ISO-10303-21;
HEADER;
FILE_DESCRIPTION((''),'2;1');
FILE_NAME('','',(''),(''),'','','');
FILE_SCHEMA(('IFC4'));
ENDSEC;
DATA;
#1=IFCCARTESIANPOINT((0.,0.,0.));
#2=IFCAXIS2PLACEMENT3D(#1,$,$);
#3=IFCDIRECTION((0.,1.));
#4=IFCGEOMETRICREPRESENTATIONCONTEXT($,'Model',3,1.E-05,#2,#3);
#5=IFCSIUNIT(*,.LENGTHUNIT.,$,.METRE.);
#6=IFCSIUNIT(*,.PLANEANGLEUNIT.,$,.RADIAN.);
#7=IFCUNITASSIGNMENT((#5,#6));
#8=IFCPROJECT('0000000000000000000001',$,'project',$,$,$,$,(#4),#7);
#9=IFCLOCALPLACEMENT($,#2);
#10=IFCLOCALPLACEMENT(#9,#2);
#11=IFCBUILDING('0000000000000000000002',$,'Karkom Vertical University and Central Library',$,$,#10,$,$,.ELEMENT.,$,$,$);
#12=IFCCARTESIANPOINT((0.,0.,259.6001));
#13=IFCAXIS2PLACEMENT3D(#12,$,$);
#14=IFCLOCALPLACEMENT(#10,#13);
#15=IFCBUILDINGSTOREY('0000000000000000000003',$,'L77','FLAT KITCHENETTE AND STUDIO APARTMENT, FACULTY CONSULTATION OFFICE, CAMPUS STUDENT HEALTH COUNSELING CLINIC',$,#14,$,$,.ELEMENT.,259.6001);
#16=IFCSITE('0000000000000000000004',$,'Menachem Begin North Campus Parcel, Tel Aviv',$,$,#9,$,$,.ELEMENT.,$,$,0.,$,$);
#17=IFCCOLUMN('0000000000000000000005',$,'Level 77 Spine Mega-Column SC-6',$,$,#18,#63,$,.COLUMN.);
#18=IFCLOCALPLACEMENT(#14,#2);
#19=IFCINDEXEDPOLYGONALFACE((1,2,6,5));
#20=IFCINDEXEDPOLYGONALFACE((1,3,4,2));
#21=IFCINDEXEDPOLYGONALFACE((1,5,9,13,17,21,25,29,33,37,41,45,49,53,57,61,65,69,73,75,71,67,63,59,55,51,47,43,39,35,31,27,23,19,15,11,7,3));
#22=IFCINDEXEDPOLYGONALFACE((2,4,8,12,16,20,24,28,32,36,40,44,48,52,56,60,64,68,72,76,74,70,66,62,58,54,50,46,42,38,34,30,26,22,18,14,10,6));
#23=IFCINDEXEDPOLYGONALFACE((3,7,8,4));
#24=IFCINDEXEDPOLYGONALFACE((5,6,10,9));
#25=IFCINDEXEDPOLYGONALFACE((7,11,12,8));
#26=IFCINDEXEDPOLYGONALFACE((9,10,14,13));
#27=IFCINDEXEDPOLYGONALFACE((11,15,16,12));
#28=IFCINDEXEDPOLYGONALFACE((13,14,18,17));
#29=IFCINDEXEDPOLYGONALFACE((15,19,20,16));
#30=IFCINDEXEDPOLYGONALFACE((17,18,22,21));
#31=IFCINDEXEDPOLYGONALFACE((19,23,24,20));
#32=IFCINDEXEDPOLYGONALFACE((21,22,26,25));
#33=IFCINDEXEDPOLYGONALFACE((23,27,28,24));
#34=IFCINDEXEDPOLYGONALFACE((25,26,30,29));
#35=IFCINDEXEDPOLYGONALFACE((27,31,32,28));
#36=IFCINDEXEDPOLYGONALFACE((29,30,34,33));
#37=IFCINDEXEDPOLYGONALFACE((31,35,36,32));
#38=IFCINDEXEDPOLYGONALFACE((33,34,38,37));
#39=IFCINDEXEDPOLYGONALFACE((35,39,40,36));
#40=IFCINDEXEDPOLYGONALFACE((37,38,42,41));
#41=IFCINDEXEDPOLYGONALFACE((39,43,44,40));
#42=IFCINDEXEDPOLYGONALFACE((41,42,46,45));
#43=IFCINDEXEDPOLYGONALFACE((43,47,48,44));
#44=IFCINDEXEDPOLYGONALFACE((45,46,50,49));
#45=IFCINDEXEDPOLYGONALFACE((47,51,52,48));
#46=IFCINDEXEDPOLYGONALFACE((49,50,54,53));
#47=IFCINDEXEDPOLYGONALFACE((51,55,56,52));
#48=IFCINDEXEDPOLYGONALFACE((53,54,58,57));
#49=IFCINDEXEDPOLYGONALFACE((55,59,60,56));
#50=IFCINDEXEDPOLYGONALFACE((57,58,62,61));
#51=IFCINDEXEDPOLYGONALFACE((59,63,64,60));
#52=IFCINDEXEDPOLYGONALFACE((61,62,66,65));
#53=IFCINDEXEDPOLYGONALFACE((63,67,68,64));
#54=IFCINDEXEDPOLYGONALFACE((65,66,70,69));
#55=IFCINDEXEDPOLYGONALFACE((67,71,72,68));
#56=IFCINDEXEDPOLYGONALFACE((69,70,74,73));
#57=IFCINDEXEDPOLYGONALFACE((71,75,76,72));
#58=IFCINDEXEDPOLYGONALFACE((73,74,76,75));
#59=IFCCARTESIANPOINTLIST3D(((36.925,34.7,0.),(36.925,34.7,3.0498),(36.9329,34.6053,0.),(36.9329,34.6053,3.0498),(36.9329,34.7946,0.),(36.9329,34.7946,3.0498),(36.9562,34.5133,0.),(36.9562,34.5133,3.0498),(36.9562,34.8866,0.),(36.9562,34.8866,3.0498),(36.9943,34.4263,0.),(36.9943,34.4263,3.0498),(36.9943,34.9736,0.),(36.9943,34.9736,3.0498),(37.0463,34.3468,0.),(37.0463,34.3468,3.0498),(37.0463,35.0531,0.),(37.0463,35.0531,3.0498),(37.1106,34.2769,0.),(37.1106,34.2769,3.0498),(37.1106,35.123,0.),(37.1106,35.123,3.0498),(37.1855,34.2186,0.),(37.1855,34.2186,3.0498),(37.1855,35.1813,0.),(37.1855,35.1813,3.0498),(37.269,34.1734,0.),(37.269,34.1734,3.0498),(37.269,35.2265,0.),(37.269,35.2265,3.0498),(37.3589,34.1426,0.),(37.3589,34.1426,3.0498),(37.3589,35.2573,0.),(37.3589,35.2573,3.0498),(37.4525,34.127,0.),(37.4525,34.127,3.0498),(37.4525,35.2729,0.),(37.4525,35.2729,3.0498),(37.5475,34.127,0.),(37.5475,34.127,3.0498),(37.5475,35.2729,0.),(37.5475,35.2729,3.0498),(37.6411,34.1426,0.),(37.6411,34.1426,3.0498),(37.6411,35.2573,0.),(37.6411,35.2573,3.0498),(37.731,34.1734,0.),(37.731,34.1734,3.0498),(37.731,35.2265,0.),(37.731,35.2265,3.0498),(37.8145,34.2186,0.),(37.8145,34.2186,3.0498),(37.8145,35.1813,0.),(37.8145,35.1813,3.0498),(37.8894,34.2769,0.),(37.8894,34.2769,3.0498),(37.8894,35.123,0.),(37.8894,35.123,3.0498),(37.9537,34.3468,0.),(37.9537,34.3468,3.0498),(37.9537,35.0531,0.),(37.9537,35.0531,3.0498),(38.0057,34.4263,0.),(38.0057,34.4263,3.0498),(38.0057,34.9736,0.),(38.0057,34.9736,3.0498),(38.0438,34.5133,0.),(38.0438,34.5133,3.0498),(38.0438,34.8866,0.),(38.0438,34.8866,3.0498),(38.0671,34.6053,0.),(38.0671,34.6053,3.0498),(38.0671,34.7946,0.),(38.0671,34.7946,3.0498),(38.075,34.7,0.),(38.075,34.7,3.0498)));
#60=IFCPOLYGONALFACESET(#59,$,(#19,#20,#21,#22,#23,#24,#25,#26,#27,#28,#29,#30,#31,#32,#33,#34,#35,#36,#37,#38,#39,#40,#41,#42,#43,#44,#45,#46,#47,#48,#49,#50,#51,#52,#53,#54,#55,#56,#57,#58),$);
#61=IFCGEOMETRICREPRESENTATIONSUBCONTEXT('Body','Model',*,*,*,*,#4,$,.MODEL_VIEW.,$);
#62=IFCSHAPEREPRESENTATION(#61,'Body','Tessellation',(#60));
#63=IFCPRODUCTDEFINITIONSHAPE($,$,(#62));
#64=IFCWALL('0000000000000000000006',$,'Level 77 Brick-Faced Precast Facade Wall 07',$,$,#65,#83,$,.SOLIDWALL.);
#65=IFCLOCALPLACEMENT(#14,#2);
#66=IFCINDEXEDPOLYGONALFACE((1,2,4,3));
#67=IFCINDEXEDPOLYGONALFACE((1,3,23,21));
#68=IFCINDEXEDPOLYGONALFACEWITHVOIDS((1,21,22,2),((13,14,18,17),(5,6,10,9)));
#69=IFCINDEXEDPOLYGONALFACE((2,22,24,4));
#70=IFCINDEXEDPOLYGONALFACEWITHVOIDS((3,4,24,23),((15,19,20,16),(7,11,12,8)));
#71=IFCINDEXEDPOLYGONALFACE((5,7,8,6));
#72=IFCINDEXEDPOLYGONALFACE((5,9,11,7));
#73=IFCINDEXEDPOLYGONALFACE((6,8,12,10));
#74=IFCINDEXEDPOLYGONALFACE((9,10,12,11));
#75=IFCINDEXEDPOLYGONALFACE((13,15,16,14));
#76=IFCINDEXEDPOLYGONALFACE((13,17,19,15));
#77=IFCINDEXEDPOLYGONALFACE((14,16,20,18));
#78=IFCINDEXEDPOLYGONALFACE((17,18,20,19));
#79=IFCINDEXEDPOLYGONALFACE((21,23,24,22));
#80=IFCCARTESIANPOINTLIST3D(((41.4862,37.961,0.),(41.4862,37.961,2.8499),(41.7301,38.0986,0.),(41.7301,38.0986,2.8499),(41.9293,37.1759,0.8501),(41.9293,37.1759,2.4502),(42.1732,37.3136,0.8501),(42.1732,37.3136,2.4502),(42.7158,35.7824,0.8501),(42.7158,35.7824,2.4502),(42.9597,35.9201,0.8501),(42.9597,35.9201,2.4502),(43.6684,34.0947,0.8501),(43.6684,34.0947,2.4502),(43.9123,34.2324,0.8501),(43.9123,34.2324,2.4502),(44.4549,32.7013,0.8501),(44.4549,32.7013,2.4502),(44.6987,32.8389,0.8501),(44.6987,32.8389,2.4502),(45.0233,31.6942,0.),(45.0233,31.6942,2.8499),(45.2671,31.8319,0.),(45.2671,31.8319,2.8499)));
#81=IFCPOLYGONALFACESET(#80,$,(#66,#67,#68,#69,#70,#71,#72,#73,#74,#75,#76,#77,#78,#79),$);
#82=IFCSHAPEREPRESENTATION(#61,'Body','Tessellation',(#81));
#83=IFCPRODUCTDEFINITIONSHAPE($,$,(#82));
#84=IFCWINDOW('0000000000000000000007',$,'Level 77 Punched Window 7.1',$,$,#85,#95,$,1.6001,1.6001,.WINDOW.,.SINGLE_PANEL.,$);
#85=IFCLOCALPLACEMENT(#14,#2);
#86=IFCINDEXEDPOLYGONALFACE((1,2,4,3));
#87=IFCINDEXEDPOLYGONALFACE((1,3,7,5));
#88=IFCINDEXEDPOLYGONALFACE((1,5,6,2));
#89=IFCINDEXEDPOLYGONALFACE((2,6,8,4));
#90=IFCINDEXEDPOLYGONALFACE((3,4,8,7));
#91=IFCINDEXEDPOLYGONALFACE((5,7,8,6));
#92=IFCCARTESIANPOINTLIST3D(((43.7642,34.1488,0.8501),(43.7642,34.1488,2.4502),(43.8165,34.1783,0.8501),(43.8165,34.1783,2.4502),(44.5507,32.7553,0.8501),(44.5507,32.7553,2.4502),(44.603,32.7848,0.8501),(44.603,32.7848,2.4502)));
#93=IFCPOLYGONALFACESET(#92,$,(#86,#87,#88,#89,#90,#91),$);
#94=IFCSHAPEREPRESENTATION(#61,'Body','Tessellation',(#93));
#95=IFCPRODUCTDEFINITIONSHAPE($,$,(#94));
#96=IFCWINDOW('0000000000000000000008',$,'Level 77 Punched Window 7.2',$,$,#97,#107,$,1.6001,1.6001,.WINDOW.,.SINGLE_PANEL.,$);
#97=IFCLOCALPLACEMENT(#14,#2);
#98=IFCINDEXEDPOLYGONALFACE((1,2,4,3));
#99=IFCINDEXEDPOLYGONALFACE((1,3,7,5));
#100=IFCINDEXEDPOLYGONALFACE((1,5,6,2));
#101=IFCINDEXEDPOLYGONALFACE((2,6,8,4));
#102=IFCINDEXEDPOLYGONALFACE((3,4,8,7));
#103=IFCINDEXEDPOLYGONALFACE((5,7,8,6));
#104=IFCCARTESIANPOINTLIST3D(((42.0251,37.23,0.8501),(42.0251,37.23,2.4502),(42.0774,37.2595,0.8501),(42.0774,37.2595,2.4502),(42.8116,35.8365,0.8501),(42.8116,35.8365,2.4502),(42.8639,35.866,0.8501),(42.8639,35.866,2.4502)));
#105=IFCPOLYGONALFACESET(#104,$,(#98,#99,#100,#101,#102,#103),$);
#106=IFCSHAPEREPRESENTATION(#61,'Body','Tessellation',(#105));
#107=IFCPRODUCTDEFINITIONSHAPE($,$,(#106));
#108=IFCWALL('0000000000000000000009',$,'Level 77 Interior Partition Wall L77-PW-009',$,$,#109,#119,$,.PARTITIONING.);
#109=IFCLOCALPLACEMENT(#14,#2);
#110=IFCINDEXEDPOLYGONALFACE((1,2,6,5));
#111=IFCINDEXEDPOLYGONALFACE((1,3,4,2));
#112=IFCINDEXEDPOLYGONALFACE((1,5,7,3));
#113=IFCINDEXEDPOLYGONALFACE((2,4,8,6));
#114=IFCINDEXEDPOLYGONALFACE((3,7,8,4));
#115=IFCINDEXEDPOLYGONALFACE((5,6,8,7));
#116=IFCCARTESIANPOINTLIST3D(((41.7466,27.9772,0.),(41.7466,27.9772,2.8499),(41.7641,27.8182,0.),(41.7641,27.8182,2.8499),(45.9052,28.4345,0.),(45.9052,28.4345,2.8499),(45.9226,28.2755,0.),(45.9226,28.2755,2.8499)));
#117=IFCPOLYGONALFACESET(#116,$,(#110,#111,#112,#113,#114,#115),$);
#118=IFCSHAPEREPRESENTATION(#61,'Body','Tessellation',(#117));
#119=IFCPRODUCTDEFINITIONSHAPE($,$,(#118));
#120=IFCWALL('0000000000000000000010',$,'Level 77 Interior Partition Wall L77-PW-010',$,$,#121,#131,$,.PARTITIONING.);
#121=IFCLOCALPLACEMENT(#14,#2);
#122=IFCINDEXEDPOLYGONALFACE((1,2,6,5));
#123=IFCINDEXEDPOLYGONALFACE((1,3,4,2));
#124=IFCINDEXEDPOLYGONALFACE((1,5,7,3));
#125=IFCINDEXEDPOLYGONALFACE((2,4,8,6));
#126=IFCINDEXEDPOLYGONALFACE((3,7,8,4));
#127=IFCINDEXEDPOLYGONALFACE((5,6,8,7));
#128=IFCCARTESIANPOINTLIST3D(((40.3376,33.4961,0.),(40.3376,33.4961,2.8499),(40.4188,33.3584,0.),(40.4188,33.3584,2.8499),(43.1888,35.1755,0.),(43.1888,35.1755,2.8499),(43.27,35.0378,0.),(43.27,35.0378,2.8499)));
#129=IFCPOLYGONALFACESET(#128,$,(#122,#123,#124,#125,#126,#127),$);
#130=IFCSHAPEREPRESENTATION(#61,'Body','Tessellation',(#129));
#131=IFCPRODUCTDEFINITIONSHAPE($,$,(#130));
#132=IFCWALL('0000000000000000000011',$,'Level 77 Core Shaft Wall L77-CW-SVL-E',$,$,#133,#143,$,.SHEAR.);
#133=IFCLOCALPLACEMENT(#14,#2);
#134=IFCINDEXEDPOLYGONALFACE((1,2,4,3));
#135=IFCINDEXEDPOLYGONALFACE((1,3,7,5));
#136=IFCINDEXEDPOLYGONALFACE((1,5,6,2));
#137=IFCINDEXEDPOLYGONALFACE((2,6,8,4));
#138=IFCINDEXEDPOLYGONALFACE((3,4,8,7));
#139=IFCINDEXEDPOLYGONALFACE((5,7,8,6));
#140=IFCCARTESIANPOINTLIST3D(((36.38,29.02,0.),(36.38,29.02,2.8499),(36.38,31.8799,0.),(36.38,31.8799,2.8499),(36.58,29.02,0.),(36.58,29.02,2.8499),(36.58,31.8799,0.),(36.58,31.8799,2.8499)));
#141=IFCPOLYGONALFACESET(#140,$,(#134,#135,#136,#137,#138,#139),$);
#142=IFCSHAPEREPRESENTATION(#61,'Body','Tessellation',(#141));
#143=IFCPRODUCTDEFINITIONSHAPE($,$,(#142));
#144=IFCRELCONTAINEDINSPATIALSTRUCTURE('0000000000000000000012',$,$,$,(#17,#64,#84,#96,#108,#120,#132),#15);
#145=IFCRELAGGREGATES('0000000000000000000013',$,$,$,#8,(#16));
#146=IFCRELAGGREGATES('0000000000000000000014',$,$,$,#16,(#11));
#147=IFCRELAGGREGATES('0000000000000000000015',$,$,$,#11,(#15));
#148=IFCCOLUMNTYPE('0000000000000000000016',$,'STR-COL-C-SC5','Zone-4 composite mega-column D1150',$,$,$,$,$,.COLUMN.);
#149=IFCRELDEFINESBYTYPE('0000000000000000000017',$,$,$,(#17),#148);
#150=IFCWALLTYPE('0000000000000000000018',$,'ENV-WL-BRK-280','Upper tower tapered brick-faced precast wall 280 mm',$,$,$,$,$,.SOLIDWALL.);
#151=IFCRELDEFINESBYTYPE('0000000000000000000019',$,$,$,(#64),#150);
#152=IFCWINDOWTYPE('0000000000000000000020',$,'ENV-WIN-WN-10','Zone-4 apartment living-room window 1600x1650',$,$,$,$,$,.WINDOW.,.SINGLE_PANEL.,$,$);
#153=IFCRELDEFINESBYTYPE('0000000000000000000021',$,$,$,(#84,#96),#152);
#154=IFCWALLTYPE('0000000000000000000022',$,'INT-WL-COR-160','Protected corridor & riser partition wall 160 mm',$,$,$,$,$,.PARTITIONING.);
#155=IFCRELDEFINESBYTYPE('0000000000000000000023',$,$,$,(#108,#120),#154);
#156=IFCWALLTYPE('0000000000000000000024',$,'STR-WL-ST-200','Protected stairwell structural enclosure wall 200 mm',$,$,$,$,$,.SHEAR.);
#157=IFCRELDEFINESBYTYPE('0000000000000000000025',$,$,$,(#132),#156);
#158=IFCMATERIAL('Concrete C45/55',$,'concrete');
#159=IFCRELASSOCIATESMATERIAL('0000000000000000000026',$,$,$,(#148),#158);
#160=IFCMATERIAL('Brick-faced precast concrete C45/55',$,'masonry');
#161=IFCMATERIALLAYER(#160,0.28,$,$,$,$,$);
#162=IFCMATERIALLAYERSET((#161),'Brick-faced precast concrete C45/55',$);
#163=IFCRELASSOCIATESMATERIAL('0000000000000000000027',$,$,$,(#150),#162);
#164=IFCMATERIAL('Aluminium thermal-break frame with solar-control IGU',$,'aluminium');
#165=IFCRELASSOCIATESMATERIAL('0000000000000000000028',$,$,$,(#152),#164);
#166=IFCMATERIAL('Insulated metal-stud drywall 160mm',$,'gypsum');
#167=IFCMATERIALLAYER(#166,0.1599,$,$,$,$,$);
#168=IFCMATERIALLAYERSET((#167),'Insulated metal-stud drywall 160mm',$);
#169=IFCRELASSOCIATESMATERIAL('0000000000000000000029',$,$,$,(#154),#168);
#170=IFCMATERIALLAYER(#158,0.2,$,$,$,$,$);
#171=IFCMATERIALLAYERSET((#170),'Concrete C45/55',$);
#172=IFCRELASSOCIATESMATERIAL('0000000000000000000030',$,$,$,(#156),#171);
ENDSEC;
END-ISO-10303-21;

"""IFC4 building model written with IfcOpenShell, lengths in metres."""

from ifc_helpers import new_model, si_unit, direction, frame, frame_2d, origin, origin_with_axes, origin_2d, place, context, subcontext, project, spatial, rectangle, circle, extrude, source, transform, mapped, material, layer, layer_set, material_profile, profile_set, type_object, element, fill, save


model = new_model("IFC4")

# Units and contexts
model_context = context("Model", 3, precision=1e-05, world=origin(), true_north=direction((0.0, 1.0)))
body_context = subcontext(model_context, "Body", "Model", "MODEL_VIEW")
ifc_project = project(units=[si_unit("LENGTHUNIT", "METRE"), si_unit("PLANEANGLEUNIT", "RADIAN")], contexts=[model_context])

# Site, building, storey
site_placement = place(None, origin())
site = spatial("IfcSite", under=ifc_project, at=site_placement, Name="Menachem Begin North Campus Parcel, Tel Aviv", CompositionType="ELEMENT", RefElevation=0.0)
building_placement = place(site_placement, origin())
building = spatial("IfcBuilding", under=site, at=building_placement, Name="Karkom Vertical University and Central Library", CompositionType="ELEMENT")
storey_placement = place(building_placement, frame((0.0, 0.0, 259.6001)))
storey = spatial("IfcBuildingStorey", under=building, at=storey_placement, Name="L77", Description="FLAT KITCHENETTE AND STUDIO APARTMENT, FACULTY CONSULTATION OFFICE, CAMPUS STUDENT HEALTH COUNSELING CLINIC", CompositionType="ELEMENT", Elevation=259.6001)

# Column
ifc_material_1 = material(Name="Concrete C45/55", Category="concrete")
ifc_material_profile = material_profile(ifc_material_1, circle(Radius=0.575, at=origin_2d()), Name="CFT-D1150")
ifc_profile_set = profile_set([ifc_material_profile], Name="Concrete C45/55")
column_type = type_object("IfcColumnType", Name="STR-COL-C-SC5", Description="Zone-4 composite mega-column D1150", PredefinedType="COLUMN", material=ifc_profile_set)
shared_shape_1 = source(origin_with_axes(), body_context, "Body", "SweptSolid", [
    extrude(circle(Radius=0.575, at=origin_2d()), origin(), (0.0, 0.0, 1.0), 3.0498),
])
column_placement = place(storey_placement, frame((37.5, 34.7, 0.0), z_axis=(0.0, 0.0, 1.0), x_axis=(1.0, 0.0, 0.0)))
element("IfcColumn", 1, at=column_placement, inside=storey, type_object=column_type, Name="Level 77 Spine Mega-Column SC-6", PredefinedType="COLUMN", context=body_context, shape_type="MappedRepresentation", body=[
    mapped(shared_shape_1, transform((0.0, 0.0, 0.0), scale=1.0)),
])

# Wall, openings, windows
ifc_material_2 = material(Name="Brick-faced precast concrete C45/55", Category="masonry")
ifc_layer_1 = layer(ifc_material_2, 0.28)
ifc_layer_set_1 = layer_set([ifc_layer_1], Name="Brick-faced precast concrete C45/55")
wall_type_1 = type_object("IfcWallType", Name="ENV-WL-BRK-280", Description="Upper tower tapered brick-faced precast wall 280 mm", PredefinedType="SOLIDWALL", material=ifc_layer_set_1)
wall_1_placement = place(storey_placement, frame((45.1453, 31.7629, 0.0), z_axis=(0.0, 0.0, 1.0), x_axis=(-0.491528, 0.870862, 0.0)))
wall_1 = element("IfcWall", 2, at=wall_1_placement, inside=storey, type_object=wall_type_1, Name="Level 77 Brick-Faced Precast Facade Wall 07", PredefinedType="SOLIDWALL", context=body_context, shape_type="SweptSolid", body=[
    extrude(rectangle(XDim=7.196, YDim=0.28, at=frame_2d((3.5981, 0.0))), origin(), (0.0, 0.0, 1.0), 2.8499),
])
opening_1_placement = place(wall_1_placement, frame((1.1565, 0.0, 0.8501)))
opening_1 = element("IfcOpeningElement", 3, at=opening_1_placement, cuts=wall_1, PredefinedType="OPENING", context=body_context, shape_type="SweptSolid", body=[
    extrude(rectangle(XDim=1.6001, YDim=1.6001, at=frame_2d((0.8, 0.8))), frame((0.0, 0.1499, 0.0), z_axis=(0.0, -1.0, 0.0), x_axis=(1.0, 0.0, 0.0)), (0.0, 0.0, 1.0), 0.3),
])
opening_2_placement = place(wall_1_placement, frame((4.6946, 0.0, 0.8501)))
opening_2 = element("IfcOpeningElement", 4, at=opening_2_placement, cuts=wall_1, PredefinedType="OPENING", context=body_context, shape_type="SweptSolid", body=[
    extrude(rectangle(XDim=1.6001, YDim=1.6001, at=frame_2d((0.8, 0.8))), frame((0.0, 0.1499, 0.0), z_axis=(0.0, -1.0, 0.0), x_axis=(1.0, 0.0, 0.0)), (0.0, 0.0, 1.0), 0.3),
])
ifc_material_3 = material(Name="Aluminium thermal-break frame with solar-control IGU", Category="aluminium")
window_type = type_object("IfcWindowType", Name="ENV-WIN-WN-10", Description="Zone-4 apartment living-room window 1600x1650", PartitioningType="SINGLE_PANEL", PredefinedType="WINDOW", material=ifc_material_3)
shared_shape_2 = source(origin_with_axes(), body_context, "Body", "SweptSolid", [
    extrude(rectangle(XDim=1.6001, YDim=1.6001, at=frame_2d((0.8, 0.8))), frame((0.0, 0.03, 0.0), z_axis=(0.0, -1.0, 0.0), x_axis=(1.0, 0.0, 0.0)), (0.0, 0.0, 1.0), 0.0601),
])
window_1_placement = place(opening_1_placement, origin())
window_1 = element("IfcWindow", 5, at=window_1_placement, inside=storey, type_object=window_type, Name="Level 77 Punched Window 7.1", OverallHeight=1.6001, OverallWidth=1.6001, PartitioningType="SINGLE_PANEL", PredefinedType="WINDOW", context=body_context, shape_type="MappedRepresentation", body=[
    mapped(shared_shape_2, transform((0.0, 0.0, 0.0), scale=1.0)),
])
fill(opening_1, window_1)
window_2_placement = place(opening_2_placement, origin())
window_2 = element("IfcWindow", 6, at=window_2_placement, inside=storey, type_object=window_type, Name="Level 77 Punched Window 7.2", OverallHeight=1.6001, OverallWidth=1.6001, PartitioningType="SINGLE_PANEL", PredefinedType="WINDOW", context=body_context, shape_type="MappedRepresentation", body=[
    mapped(shared_shape_2, transform((0.0, 0.0, 0.0), scale=1.0)),
])
fill(opening_2, window_2)

# Shared definitions
ifc_material_4 = material(Name="Insulated metal-stud drywall 160mm", Category="gypsum")
ifc_layer_2 = layer(ifc_material_4, 0.1599)
ifc_layer_set_2 = layer_set([ifc_layer_2], Name="Insulated metal-stud drywall 160mm")
wall_type_2 = type_object("IfcWallType", Name="INT-WL-COR-160", Description="Protected corridor & riser partition wall 160 mm", PredefinedType="PARTITIONING", material=ifc_layer_set_2)

# Wall
wall_2_placement = place(storey_placement, frame((41.7554, 27.8977, 0.0), z_axis=(0.0, 0.0, 1.0), x_axis=(0.994008, 0.109304, 0.0)))
element("IfcWall", 7, at=wall_2_placement, inside=storey, type_object=wall_type_2, Name="Level 77 Interior Partition Wall L77-PW-009", PredefinedType="PARTITIONING", context=body_context, shape_type="SweptSolid", body=[
    extrude(rectangle(XDim=4.1836, YDim=0.1599, at=frame_2d((2.0918, 0.0))), origin(), (0.0, 0.0, 1.0), 2.8499),
])

# Wall
wall_3_placement = place(storey_placement, frame((40.3782, 33.4272, 0.0), z_axis=(0.0, 0.0, 1.0), x_axis=(0.861644, 0.507513, 0.0)))
element("IfcWall", 8, at=wall_3_placement, inside=storey, type_object=wall_type_2, Name="Level 77 Interior Partition Wall L77-PW-010", PredefinedType="PARTITIONING", context=body_context, shape_type="SweptSolid", body=[
    extrude(rectangle(XDim=3.3091, YDim=0.1599, at=frame_2d((1.6545, 0.0))), origin(), (0.0, 0.0, 1.0), 2.8499),
])

# Wall
ifc_layer_3 = layer(ifc_material_1, 0.2)
ifc_layer_set_3 = layer_set([ifc_layer_3], Name="Concrete C45/55")
wall_type_3 = type_object("IfcWallType", Name="STR-WL-ST-200", Description="Protected stairwell structural enclosure wall 200 mm", PredefinedType="SHEAR", material=ifc_layer_set_3)
wall_4_placement = place(storey_placement, frame((36.48, 29.02, 0.0), z_axis=(0.0, 0.0, 1.0), x_axis=(0.0, 1.0, 0.0)))
element("IfcWall", 9, at=wall_4_placement, inside=storey, type_object=wall_type_3, Name="Level 77 Core Shaft Wall L77-CW-SVL-E", PredefinedType="SHEAR", context=body_context, shape_type="SweptSolid", body=[
    extrude(rectangle(XDim=2.8599, YDim=0.2, at=frame_2d((1.4299, 0.0))), origin(), (0.0, 0.0, 1.0), 2.8499),
])

save(model, "model.ifc")
